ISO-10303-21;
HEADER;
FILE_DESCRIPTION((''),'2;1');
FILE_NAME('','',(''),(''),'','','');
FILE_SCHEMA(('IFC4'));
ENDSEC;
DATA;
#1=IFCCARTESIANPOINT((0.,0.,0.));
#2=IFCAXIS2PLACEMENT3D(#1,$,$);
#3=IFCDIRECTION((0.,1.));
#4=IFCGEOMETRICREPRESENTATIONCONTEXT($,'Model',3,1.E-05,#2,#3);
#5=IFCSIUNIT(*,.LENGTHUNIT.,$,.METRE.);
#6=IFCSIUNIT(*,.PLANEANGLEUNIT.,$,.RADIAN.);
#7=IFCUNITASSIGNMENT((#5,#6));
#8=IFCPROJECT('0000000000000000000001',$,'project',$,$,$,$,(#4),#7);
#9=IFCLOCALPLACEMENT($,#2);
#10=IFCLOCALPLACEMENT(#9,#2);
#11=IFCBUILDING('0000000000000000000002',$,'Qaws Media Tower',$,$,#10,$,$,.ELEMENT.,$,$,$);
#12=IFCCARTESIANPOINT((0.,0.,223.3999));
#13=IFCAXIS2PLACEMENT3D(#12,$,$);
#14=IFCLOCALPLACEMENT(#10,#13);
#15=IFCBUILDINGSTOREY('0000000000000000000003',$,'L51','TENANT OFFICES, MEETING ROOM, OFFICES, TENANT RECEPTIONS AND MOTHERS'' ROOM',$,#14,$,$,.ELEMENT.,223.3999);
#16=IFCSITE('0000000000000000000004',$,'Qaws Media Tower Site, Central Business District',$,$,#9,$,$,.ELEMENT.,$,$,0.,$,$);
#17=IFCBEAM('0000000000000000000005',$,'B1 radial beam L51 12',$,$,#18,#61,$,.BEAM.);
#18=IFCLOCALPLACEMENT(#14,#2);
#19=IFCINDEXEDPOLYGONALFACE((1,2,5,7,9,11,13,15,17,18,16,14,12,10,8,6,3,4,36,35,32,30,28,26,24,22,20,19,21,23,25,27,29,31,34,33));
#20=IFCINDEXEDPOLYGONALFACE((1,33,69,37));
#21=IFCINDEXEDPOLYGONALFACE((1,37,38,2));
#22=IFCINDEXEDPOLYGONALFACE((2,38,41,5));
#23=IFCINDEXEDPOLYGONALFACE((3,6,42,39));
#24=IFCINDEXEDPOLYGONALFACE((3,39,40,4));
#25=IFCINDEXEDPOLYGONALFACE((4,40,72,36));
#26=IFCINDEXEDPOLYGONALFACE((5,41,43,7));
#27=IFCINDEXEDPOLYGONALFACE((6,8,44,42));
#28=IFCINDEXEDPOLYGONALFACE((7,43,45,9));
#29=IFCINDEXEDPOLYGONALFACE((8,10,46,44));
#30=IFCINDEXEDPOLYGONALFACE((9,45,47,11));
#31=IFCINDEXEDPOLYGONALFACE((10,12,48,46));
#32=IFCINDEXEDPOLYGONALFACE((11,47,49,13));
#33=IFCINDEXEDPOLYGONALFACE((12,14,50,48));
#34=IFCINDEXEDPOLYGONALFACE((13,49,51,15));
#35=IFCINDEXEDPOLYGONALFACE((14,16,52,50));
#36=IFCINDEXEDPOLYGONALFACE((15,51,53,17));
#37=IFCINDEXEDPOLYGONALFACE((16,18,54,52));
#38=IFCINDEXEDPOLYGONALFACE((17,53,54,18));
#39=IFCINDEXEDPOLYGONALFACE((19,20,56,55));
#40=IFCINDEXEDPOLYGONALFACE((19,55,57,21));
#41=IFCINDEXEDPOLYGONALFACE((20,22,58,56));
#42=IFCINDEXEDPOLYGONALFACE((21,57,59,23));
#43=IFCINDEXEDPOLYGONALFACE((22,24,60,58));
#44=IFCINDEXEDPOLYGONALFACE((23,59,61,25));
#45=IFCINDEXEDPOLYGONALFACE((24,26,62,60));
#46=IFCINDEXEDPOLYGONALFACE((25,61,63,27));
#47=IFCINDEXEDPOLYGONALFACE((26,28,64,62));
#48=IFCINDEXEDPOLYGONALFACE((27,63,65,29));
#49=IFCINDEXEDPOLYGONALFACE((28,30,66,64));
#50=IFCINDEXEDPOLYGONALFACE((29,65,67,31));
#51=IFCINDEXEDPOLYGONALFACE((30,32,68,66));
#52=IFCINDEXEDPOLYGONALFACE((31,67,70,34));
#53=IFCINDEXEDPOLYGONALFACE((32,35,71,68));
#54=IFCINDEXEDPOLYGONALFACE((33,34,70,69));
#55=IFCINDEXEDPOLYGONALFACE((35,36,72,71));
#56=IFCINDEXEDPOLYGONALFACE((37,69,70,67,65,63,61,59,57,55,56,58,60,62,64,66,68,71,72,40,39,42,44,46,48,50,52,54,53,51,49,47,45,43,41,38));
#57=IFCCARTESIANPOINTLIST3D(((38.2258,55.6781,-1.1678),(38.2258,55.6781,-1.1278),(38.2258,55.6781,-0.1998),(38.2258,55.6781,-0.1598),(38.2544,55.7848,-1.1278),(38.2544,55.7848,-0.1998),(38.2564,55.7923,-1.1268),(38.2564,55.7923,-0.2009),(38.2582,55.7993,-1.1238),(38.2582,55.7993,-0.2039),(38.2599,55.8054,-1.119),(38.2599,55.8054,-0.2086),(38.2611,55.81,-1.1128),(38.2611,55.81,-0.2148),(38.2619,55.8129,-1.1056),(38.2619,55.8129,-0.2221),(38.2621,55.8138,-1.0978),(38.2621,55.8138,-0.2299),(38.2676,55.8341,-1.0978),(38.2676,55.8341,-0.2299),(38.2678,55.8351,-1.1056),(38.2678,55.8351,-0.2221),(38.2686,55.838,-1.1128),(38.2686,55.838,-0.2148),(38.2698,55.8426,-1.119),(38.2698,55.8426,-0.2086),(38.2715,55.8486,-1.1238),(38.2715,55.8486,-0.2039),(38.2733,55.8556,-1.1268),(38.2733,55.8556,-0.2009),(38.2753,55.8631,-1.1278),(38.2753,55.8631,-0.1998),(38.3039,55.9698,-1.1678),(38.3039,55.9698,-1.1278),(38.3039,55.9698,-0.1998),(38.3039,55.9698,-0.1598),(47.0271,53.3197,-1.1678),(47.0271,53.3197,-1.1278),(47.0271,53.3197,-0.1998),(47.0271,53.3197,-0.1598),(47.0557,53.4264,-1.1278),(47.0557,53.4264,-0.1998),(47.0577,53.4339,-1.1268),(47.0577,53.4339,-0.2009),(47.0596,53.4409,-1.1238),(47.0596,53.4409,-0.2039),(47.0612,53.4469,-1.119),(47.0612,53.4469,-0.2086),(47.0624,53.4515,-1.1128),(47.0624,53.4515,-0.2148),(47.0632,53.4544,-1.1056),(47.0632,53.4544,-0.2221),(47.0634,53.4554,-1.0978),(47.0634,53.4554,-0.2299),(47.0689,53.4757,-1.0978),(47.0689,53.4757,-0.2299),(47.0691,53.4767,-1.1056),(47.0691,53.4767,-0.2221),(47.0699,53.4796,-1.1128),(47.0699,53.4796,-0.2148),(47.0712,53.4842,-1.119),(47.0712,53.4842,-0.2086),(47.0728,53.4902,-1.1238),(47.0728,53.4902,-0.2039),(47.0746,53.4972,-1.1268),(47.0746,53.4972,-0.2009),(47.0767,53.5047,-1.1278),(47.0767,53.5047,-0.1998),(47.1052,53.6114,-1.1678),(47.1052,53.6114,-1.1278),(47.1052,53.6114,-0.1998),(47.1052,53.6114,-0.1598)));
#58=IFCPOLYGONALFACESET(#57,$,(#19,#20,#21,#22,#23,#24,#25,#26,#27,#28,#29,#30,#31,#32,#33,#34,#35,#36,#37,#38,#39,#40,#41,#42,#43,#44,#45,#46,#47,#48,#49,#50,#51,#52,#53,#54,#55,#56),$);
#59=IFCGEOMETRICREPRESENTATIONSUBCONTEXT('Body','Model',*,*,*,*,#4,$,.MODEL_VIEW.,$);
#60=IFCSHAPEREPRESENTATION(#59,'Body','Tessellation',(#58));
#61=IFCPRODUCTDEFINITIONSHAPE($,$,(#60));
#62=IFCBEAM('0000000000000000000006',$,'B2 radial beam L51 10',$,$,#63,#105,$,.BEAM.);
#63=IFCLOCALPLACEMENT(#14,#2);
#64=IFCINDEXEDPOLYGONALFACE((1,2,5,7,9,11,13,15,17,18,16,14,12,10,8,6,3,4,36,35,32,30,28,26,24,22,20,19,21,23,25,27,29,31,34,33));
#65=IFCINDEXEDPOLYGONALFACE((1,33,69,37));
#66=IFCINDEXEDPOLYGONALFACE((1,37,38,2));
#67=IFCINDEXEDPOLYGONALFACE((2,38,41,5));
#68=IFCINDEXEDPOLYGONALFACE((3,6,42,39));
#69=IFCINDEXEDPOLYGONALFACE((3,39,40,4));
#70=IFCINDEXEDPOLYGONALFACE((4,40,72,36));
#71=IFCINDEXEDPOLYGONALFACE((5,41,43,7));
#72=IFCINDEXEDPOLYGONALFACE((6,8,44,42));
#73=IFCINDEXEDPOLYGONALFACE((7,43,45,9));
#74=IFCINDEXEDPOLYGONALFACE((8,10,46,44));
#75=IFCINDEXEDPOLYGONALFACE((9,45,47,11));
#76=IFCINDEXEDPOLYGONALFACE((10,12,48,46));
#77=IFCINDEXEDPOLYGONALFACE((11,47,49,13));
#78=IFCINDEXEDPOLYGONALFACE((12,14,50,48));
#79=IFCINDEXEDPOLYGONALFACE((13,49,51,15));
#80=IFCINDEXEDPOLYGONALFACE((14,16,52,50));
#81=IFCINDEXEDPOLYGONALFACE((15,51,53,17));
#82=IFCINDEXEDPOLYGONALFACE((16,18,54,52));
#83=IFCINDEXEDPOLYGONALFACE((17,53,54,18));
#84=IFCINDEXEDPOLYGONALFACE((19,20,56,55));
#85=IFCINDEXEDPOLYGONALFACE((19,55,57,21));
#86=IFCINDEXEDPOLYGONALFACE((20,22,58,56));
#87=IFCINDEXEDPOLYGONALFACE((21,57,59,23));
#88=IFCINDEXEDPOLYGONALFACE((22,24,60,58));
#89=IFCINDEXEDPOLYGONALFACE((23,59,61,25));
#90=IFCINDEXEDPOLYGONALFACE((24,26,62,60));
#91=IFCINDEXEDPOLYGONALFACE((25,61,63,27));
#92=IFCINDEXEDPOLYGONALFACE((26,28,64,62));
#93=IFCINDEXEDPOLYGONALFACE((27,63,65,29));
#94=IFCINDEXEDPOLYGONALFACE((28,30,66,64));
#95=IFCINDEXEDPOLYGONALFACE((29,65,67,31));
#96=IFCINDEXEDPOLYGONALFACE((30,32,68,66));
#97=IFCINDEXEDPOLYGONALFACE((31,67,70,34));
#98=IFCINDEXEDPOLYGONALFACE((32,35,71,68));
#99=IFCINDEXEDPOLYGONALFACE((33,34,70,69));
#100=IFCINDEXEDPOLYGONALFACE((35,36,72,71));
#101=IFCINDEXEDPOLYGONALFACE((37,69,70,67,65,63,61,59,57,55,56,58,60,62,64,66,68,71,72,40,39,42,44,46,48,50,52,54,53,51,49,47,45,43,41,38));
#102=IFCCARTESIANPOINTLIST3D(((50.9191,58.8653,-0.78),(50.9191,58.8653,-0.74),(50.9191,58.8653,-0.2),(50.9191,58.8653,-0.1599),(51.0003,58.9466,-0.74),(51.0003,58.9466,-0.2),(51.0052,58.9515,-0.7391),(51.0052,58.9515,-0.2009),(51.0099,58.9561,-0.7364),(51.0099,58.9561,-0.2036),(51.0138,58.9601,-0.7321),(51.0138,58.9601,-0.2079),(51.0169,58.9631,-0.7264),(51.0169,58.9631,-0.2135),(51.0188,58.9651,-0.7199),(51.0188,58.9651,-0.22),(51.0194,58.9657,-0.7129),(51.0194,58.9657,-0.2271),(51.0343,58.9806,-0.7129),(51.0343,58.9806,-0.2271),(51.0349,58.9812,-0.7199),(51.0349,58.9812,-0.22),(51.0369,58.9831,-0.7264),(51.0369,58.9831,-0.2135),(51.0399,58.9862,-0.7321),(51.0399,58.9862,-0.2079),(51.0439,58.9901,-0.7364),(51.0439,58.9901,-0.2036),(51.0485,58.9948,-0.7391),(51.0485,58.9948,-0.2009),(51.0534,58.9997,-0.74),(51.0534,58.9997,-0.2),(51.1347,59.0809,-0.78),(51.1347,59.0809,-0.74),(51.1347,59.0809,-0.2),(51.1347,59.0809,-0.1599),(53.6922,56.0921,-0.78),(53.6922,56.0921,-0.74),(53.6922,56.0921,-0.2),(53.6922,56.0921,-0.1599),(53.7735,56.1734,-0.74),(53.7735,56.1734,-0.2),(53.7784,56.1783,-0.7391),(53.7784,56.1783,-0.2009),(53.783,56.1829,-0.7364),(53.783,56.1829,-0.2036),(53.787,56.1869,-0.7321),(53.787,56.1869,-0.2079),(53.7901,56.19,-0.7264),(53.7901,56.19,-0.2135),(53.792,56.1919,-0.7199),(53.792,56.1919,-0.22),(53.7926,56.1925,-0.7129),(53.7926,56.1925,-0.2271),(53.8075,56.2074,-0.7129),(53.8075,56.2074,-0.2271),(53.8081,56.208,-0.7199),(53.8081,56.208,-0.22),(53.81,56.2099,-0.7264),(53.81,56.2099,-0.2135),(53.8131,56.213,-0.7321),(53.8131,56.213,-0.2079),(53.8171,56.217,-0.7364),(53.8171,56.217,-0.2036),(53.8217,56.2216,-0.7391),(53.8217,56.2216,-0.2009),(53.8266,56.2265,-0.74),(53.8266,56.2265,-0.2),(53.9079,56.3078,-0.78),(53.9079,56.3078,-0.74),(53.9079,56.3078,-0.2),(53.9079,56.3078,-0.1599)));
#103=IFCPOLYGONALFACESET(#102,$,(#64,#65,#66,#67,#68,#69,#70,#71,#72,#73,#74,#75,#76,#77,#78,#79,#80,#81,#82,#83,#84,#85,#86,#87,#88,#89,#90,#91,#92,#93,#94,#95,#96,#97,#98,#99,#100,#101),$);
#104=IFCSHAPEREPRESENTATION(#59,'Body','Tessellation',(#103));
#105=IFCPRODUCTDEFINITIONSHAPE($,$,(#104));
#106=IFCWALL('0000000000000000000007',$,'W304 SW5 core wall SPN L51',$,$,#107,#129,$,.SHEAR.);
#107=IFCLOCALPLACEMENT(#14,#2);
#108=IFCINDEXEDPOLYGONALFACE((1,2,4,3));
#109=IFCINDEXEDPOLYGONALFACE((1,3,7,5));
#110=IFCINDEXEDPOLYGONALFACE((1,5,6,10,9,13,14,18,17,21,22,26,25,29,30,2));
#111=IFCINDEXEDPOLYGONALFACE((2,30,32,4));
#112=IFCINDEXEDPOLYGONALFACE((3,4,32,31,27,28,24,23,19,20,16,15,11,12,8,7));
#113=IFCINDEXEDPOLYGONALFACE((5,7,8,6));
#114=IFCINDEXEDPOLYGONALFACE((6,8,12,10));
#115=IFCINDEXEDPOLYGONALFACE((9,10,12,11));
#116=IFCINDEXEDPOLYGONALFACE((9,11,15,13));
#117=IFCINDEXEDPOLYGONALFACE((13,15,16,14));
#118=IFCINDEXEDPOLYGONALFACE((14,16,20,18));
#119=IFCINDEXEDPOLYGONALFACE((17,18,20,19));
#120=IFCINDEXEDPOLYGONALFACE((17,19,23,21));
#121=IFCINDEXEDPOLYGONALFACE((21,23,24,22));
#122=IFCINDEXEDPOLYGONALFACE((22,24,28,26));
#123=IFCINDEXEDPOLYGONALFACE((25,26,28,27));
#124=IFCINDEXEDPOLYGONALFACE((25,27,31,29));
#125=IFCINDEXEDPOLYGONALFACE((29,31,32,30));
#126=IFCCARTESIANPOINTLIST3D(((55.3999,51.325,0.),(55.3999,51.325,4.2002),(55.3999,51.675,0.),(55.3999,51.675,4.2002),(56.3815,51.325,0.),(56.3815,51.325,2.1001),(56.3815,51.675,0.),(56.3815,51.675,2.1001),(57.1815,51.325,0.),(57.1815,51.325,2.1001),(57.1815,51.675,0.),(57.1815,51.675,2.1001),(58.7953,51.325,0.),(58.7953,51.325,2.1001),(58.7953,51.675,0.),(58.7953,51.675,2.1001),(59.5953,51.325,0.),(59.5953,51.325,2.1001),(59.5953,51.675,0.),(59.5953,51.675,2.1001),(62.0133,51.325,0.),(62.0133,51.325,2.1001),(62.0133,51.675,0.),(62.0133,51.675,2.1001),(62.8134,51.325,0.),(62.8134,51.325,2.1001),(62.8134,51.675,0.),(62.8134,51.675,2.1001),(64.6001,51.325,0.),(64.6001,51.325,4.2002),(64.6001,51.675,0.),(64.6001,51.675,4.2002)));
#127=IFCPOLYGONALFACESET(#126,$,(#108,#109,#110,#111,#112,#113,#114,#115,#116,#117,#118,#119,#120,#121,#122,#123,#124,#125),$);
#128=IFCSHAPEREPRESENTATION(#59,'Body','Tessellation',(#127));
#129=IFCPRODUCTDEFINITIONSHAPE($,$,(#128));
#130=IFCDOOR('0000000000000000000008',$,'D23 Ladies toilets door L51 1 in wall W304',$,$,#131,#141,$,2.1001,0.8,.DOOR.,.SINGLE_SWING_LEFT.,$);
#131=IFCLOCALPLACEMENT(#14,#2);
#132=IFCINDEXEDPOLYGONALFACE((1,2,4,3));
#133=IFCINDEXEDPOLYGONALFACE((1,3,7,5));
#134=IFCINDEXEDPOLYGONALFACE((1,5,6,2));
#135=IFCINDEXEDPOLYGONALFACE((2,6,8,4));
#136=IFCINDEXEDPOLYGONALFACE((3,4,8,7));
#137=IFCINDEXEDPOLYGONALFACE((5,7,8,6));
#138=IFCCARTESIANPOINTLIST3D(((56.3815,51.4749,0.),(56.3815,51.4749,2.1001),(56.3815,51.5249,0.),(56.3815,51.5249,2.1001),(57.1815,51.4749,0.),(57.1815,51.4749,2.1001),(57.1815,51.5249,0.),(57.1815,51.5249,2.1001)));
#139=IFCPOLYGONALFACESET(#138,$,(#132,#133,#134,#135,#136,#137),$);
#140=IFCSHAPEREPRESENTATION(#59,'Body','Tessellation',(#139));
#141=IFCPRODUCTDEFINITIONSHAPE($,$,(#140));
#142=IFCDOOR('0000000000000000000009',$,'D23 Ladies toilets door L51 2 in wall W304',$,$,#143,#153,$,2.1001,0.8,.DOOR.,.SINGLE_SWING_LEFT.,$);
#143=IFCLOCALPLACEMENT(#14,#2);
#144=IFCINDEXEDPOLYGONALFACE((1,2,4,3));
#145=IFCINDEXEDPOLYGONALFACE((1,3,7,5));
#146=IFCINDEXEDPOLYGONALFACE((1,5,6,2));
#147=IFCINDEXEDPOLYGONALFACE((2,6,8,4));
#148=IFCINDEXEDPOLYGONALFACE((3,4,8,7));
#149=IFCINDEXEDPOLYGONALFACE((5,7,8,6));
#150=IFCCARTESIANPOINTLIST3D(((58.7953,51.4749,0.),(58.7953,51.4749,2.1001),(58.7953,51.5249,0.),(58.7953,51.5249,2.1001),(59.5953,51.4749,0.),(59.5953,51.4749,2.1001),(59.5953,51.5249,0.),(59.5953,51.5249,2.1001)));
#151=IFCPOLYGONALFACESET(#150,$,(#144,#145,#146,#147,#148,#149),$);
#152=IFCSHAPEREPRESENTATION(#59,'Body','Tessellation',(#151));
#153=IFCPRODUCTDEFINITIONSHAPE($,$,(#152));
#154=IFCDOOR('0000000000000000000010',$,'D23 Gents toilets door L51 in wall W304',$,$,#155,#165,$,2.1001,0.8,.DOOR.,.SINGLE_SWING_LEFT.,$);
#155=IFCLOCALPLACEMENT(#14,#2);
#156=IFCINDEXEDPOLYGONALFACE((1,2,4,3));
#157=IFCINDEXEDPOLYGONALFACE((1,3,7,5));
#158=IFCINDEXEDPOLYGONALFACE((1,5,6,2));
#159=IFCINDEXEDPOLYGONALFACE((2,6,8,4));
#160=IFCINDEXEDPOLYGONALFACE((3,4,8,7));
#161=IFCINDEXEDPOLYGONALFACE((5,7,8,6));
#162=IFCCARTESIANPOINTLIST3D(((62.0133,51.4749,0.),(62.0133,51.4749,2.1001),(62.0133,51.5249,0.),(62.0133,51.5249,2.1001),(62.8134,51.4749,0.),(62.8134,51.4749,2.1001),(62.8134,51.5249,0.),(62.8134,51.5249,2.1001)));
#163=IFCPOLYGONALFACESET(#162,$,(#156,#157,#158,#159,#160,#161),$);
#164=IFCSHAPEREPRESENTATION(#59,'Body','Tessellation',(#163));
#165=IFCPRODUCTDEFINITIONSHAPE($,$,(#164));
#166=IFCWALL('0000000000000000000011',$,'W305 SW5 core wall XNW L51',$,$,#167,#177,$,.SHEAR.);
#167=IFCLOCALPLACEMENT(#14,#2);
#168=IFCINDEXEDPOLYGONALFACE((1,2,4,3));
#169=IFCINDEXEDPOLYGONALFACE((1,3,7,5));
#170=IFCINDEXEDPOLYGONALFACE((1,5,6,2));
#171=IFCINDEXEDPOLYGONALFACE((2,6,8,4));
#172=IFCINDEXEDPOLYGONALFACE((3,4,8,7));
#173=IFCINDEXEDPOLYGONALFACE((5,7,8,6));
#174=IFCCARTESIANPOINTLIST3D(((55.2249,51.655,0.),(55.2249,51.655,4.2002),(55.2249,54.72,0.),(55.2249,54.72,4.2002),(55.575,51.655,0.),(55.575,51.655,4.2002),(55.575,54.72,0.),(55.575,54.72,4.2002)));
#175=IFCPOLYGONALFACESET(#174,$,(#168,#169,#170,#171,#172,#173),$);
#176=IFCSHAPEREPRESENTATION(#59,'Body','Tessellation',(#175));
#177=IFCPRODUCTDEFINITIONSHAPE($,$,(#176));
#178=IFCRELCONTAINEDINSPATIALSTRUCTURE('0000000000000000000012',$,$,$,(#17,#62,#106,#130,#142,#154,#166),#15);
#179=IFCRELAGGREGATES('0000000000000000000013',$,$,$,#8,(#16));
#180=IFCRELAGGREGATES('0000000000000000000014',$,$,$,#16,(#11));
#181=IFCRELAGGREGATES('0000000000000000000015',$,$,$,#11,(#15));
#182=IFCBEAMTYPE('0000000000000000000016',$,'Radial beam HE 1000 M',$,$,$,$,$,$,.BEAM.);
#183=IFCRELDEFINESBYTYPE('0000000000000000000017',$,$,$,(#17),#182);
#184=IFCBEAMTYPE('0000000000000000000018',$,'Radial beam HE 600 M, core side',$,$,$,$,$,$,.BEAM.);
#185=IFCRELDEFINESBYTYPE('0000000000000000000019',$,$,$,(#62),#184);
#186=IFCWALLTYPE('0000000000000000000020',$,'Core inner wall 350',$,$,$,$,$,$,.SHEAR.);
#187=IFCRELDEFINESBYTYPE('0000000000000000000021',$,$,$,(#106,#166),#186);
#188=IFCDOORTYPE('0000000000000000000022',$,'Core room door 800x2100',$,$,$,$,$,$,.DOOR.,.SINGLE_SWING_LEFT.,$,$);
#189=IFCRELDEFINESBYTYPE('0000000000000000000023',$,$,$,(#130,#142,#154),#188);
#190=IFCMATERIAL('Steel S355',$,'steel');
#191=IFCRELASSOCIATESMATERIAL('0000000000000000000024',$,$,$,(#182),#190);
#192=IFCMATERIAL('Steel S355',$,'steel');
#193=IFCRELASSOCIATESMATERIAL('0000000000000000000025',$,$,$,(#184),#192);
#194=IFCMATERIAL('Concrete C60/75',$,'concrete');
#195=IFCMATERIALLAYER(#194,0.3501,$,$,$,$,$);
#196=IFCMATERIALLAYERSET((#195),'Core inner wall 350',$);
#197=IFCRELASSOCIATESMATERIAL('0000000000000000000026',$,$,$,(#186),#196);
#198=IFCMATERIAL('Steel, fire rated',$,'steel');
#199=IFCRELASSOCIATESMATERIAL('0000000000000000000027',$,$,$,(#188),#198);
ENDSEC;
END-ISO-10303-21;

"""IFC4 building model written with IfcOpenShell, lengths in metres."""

from ifc_helpers import new_model, si_unit, direction, frame, frame_2d, origin, origin_2d, place, context, subcontext, project, spatial, rectangle, i_section, extrude, material, layer, layer_set, material_profile, profile_set, type_object, element, fill, save


model = new_model("IFC4")

# Units and contexts
model_context = context("Model", 3, precision=1e-05, world=origin(), true_north=direction((0.0, 1.0)))
body_context = subcontext(model_context, "Body", "Model", "MODEL_VIEW")
ifc_project = project(units=[si_unit("LENGTHUNIT", "METRE"), si_unit("PLANEANGLEUNIT", "RADIAN")], contexts=[model_context])

# Site, building, storey
site_placement = place(None, origin())
site = spatial("IfcSite", under=ifc_project, at=site_placement, Name="Qaws Media Tower Site, Central Business District", CompositionType="ELEMENT", RefElevation=0.0)
building_placement = place(site_placement, origin())
building = spatial("IfcBuilding", under=site, at=building_placement, Name="Qaws Media Tower", CompositionType="ELEMENT")
storey_placement = place(building_placement, frame((0.0, 0.0, 223.3999)))
storey = spatial("IfcBuildingStorey", under=building, at=storey_placement, Name="L51", Description="TENANT OFFICES, MEETING ROOM, OFFICES, TENANT RECEPTIONS AND MOTHERS' ROOM", CompositionType="ELEMENT", Elevation=223.3999)

# Beams
ifc_material_1 = material(Name="Steel S355", Category="steel")
ifc_material_profile_1 = material_profile(ifc_material_1, i_section(OverallWidth=0.302, OverallDepth=1.0081, WebThickness=0.021, FlangeThickness=0.04, FilletRadius=0.03, at=origin_2d()), Name="HE 1000 M")
ifc_profile_set_1 = profile_set([ifc_material_profile_1], Name="Steel S355")
beam_type_1 = type_object("IfcBeamType", Name="Radial beam HE 1000 M", PredefinedType="BEAM", material=ifc_profile_set_1)
beam_1_placement = place(storey_placement, frame((47.0662, 53.4656, -0.6638), z_axis=(-0.965923, 0.25883, 0.0), x_axis=(-0.25883, -0.965923, 0.0)))
element("IfcBeam", 1, at=beam_1_placement, inside=storey, type_object=beam_type_1, Name="B1 radial beam L51 12", PredefinedType="BEAM", context=body_context, shape_type="SweptSolid", body=[
    extrude(i_section(OverallWidth=0.302, OverallDepth=1.0081, WebThickness=0.021, FlangeThickness=0.04, FilletRadius=0.03, at=origin_2d()), origin(), (0.0, 0.0, 1.0), 9.1118),
])
ifc_material_2 = material(Name="Steel S355", Category="steel")
ifc_material_profile_2 = material_profile(ifc_material_2, i_section(OverallWidth=0.3049, OverallDepth=0.6201, WebThickness=0.021, FlangeThickness=0.04, FilletRadius=0.0271, at=origin_2d()), Name="HE 600 M")
ifc_profile_set_2 = profile_set([ifc_material_profile_2], Name="Steel S355")
beam_type_2 = type_object("IfcBeamType", Name="Radial beam HE 600 M, core side", PredefinedType="BEAM", material=ifc_profile_set_2)
beam_2_placement = place(storey_placement, frame((53.8, 56.2, -0.47), z_axis=(-0.707107, 0.707107, 0.0), x_axis=(-0.707107, -0.707107, 0.0)))
element("IfcBeam", 2, at=beam_2_placement, inside=storey, type_object=beam_type_2, Name="B2 radial beam L51 10", PredefinedType="BEAM", context=body_context, shape_type="SweptSolid", body=[
    extrude(i_section(OverallWidth=0.3049, OverallDepth=0.6201, WebThickness=0.021, FlangeThickness=0.04, FilletRadius=0.0271, at=origin_2d()), origin(), (0.0, 0.0, 1.0), 3.9219),
])

# Wall, openings, doors
ifc_material_3 = material(Name="Concrete C60/75", Category="concrete")
ifc_layer_1 = layer(ifc_material_3, 0.3501)
ifc_layer_set_1 = layer_set([ifc_layer_1], Name="Core inner wall 350")
wall_type_1 = type_object("IfcWallType", Name="Core inner wall 350", PredefinedType="SHEAR", material=ifc_layer_set_1)
wall_1_placement = place(storey_placement, frame((55.3999, 51.5, 0.0), z_axis=(0.0, 0.0, 1.0), x_axis=(1.0, 0.0, 0.0)))
wall_1 = element("IfcWall", 3, at=wall_1_placement, inside=storey, type_object=wall_type_1, Name="W304 SW5 core wall SPN L51", PredefinedType="SHEAR", context=body_context, shape_type="SweptSolid", body=[
    extrude(rectangle(XDim=9.2002, YDim=0.3501, at=frame_2d((4.6001, 0.0))), origin(), (0.0, 0.0, 1.0), 4.2002),
])
opening_1_placement = place(wall_1_placement, frame((0.9817, 0.0, 0.0)))
opening_1 = element("IfcOpeningElement", 4, at=opening_1_placement, cuts=wall_1, PredefinedType="OPENING", context=body_context, shape_type="SweptSolid", body=[
    extrude(rectangle(XDim=0.8, YDim=2.1001, at=frame_2d((0.3999, 1.05))), frame((0.0, 0.1851, 0.0), z_axis=(0.0, -1.0, 0.0), x_axis=(1.0, 0.0, 0.0)), (0.0, 0.0, 1.0), 0.3701),
])
opening_2_placement = place(wall_1_placement, frame((3.3955, 0.0, 0.0)))
opening_2 = element("IfcOpeningElement", 5, at=opening_2_placement, cuts=wall_1, PredefinedType="OPENING", context=body_context, shape_type="SweptSolid", body=[
    extrude(rectangle(XDim=0.8, YDim=2.1001, at=frame_2d((0.3999, 1.05))), frame((0.0, 0.1851, 0.0), z_axis=(0.0, -1.0, 0.0), x_axis=(1.0, 0.0, 0.0)), (0.0, 0.0, 1.0), 0.3701),
])
opening_3_placement = place(wall_1_placement, frame((6.6135, 0.0, 0.0)))
opening_3 = element("IfcOpeningElement", 6, at=opening_3_placement, cuts=wall_1, PredefinedType="OPENING", context=body_context, shape_type="SweptSolid", body=[
    extrude(rectangle(XDim=0.8, YDim=2.1001, at=frame_2d((0.3999, 1.05))), frame((0.0, 0.1851, 0.0), z_axis=(0.0, -1.0, 0.0), x_axis=(1.0, 0.0, 0.0)), (0.0, 0.0, 1.0), 0.3701),
])
ifc_material_4 = material(Name="Steel, fire rated", Category="steel")
door_type = type_object("IfcDoorType", Name="Core room door 800x2100", OperationType="SINGLE_SWING_LEFT", PredefinedType="DOOR", material=ifc_material_4)
door_1_placement = place(opening_1_placement, origin())
door_1 = element("IfcDoor", 7, at=door_1_placement, inside=storey, type_object=door_type, Name="D23 Ladies toilets door L51 1 in wall W304", OperationType="SINGLE_SWING_LEFT", OverallHeight=2.1001, OverallWidth=0.8, PredefinedType="DOOR", context=body_context, shape_type="SweptSolid", body=[
    extrude(rectangle(XDim=0.8, YDim=2.1001, at=frame_2d((0.3999, 1.05))), frame((0.0, 0.0249, 0.0), z_axis=(0.0, -1.0, 0.0), x_axis=(1.0, 0.0, 0.0)), (0.0, 0.0, 1.0), 0.05),
])
fill(opening_1, door_1)
door_2_placement = place(opening_2_placement, origin())
door_2 = element("IfcDoor", 8, at=door_2_placement, inside=storey, type_object=door_type, Name="D23 Ladies toilets door L51 2 in wall W304", OperationType="SINGLE_SWING_LEFT", OverallHeight=2.1001, OverallWidth=0.8, PredefinedType="DOOR", context=body_context, shape_type="SweptSolid", body=[
    extrude(rectangle(XDim=0.8, YDim=2.1001, at=frame_2d((0.3999, 1.05))), frame((0.0, 0.0249, 0.0), z_axis=(0.0, -1.0, 0.0), x_axis=(1.0, 0.0, 0.0)), (0.0, 0.0, 1.0), 0.05),
])
fill(opening_2, door_2)
door_3_placement = place(opening_3_placement, origin())
door_3 = element("IfcDoor", 9, at=door_3_placement, inside=storey, type_object=door_type, Name="D23 Gents toilets door L51 in wall W304", OperationType="SINGLE_SWING_LEFT", OverallHeight=2.1001, OverallWidth=0.8, PredefinedType="DOOR", context=body_context, shape_type="SweptSolid", body=[
    extrude(rectangle(XDim=0.8, YDim=2.1001, at=frame_2d((0.3999, 1.05))), frame((0.0, 0.0249, 0.0), z_axis=(0.0, -1.0, 0.0), x_axis=(1.0, 0.0, 0.0)), (0.0, 0.0, 1.0), 0.05),
])
fill(opening_3, door_3)

# Wall
wall_2_placement = place(storey_placement, frame((55.3999, 51.655, 0.0), z_axis=(0.0, 0.0, 1.0), x_axis=(0.0, 1.0, 0.0)))
element("IfcWall", 10, at=wall_2_placement, inside=storey, type_object=wall_type_1, Name="W305 SW5 core wall XNW L51", PredefinedType="SHEAR", context=body_context, shape_type="SweptSolid", body=[
    extrude(rectangle(XDim=3.0649, YDim=0.3501, at=frame_2d((1.5325, 0.0))), origin(), (0.0, 0.0, 1.0), 4.2002),
])

save(model, "model.ifc")
